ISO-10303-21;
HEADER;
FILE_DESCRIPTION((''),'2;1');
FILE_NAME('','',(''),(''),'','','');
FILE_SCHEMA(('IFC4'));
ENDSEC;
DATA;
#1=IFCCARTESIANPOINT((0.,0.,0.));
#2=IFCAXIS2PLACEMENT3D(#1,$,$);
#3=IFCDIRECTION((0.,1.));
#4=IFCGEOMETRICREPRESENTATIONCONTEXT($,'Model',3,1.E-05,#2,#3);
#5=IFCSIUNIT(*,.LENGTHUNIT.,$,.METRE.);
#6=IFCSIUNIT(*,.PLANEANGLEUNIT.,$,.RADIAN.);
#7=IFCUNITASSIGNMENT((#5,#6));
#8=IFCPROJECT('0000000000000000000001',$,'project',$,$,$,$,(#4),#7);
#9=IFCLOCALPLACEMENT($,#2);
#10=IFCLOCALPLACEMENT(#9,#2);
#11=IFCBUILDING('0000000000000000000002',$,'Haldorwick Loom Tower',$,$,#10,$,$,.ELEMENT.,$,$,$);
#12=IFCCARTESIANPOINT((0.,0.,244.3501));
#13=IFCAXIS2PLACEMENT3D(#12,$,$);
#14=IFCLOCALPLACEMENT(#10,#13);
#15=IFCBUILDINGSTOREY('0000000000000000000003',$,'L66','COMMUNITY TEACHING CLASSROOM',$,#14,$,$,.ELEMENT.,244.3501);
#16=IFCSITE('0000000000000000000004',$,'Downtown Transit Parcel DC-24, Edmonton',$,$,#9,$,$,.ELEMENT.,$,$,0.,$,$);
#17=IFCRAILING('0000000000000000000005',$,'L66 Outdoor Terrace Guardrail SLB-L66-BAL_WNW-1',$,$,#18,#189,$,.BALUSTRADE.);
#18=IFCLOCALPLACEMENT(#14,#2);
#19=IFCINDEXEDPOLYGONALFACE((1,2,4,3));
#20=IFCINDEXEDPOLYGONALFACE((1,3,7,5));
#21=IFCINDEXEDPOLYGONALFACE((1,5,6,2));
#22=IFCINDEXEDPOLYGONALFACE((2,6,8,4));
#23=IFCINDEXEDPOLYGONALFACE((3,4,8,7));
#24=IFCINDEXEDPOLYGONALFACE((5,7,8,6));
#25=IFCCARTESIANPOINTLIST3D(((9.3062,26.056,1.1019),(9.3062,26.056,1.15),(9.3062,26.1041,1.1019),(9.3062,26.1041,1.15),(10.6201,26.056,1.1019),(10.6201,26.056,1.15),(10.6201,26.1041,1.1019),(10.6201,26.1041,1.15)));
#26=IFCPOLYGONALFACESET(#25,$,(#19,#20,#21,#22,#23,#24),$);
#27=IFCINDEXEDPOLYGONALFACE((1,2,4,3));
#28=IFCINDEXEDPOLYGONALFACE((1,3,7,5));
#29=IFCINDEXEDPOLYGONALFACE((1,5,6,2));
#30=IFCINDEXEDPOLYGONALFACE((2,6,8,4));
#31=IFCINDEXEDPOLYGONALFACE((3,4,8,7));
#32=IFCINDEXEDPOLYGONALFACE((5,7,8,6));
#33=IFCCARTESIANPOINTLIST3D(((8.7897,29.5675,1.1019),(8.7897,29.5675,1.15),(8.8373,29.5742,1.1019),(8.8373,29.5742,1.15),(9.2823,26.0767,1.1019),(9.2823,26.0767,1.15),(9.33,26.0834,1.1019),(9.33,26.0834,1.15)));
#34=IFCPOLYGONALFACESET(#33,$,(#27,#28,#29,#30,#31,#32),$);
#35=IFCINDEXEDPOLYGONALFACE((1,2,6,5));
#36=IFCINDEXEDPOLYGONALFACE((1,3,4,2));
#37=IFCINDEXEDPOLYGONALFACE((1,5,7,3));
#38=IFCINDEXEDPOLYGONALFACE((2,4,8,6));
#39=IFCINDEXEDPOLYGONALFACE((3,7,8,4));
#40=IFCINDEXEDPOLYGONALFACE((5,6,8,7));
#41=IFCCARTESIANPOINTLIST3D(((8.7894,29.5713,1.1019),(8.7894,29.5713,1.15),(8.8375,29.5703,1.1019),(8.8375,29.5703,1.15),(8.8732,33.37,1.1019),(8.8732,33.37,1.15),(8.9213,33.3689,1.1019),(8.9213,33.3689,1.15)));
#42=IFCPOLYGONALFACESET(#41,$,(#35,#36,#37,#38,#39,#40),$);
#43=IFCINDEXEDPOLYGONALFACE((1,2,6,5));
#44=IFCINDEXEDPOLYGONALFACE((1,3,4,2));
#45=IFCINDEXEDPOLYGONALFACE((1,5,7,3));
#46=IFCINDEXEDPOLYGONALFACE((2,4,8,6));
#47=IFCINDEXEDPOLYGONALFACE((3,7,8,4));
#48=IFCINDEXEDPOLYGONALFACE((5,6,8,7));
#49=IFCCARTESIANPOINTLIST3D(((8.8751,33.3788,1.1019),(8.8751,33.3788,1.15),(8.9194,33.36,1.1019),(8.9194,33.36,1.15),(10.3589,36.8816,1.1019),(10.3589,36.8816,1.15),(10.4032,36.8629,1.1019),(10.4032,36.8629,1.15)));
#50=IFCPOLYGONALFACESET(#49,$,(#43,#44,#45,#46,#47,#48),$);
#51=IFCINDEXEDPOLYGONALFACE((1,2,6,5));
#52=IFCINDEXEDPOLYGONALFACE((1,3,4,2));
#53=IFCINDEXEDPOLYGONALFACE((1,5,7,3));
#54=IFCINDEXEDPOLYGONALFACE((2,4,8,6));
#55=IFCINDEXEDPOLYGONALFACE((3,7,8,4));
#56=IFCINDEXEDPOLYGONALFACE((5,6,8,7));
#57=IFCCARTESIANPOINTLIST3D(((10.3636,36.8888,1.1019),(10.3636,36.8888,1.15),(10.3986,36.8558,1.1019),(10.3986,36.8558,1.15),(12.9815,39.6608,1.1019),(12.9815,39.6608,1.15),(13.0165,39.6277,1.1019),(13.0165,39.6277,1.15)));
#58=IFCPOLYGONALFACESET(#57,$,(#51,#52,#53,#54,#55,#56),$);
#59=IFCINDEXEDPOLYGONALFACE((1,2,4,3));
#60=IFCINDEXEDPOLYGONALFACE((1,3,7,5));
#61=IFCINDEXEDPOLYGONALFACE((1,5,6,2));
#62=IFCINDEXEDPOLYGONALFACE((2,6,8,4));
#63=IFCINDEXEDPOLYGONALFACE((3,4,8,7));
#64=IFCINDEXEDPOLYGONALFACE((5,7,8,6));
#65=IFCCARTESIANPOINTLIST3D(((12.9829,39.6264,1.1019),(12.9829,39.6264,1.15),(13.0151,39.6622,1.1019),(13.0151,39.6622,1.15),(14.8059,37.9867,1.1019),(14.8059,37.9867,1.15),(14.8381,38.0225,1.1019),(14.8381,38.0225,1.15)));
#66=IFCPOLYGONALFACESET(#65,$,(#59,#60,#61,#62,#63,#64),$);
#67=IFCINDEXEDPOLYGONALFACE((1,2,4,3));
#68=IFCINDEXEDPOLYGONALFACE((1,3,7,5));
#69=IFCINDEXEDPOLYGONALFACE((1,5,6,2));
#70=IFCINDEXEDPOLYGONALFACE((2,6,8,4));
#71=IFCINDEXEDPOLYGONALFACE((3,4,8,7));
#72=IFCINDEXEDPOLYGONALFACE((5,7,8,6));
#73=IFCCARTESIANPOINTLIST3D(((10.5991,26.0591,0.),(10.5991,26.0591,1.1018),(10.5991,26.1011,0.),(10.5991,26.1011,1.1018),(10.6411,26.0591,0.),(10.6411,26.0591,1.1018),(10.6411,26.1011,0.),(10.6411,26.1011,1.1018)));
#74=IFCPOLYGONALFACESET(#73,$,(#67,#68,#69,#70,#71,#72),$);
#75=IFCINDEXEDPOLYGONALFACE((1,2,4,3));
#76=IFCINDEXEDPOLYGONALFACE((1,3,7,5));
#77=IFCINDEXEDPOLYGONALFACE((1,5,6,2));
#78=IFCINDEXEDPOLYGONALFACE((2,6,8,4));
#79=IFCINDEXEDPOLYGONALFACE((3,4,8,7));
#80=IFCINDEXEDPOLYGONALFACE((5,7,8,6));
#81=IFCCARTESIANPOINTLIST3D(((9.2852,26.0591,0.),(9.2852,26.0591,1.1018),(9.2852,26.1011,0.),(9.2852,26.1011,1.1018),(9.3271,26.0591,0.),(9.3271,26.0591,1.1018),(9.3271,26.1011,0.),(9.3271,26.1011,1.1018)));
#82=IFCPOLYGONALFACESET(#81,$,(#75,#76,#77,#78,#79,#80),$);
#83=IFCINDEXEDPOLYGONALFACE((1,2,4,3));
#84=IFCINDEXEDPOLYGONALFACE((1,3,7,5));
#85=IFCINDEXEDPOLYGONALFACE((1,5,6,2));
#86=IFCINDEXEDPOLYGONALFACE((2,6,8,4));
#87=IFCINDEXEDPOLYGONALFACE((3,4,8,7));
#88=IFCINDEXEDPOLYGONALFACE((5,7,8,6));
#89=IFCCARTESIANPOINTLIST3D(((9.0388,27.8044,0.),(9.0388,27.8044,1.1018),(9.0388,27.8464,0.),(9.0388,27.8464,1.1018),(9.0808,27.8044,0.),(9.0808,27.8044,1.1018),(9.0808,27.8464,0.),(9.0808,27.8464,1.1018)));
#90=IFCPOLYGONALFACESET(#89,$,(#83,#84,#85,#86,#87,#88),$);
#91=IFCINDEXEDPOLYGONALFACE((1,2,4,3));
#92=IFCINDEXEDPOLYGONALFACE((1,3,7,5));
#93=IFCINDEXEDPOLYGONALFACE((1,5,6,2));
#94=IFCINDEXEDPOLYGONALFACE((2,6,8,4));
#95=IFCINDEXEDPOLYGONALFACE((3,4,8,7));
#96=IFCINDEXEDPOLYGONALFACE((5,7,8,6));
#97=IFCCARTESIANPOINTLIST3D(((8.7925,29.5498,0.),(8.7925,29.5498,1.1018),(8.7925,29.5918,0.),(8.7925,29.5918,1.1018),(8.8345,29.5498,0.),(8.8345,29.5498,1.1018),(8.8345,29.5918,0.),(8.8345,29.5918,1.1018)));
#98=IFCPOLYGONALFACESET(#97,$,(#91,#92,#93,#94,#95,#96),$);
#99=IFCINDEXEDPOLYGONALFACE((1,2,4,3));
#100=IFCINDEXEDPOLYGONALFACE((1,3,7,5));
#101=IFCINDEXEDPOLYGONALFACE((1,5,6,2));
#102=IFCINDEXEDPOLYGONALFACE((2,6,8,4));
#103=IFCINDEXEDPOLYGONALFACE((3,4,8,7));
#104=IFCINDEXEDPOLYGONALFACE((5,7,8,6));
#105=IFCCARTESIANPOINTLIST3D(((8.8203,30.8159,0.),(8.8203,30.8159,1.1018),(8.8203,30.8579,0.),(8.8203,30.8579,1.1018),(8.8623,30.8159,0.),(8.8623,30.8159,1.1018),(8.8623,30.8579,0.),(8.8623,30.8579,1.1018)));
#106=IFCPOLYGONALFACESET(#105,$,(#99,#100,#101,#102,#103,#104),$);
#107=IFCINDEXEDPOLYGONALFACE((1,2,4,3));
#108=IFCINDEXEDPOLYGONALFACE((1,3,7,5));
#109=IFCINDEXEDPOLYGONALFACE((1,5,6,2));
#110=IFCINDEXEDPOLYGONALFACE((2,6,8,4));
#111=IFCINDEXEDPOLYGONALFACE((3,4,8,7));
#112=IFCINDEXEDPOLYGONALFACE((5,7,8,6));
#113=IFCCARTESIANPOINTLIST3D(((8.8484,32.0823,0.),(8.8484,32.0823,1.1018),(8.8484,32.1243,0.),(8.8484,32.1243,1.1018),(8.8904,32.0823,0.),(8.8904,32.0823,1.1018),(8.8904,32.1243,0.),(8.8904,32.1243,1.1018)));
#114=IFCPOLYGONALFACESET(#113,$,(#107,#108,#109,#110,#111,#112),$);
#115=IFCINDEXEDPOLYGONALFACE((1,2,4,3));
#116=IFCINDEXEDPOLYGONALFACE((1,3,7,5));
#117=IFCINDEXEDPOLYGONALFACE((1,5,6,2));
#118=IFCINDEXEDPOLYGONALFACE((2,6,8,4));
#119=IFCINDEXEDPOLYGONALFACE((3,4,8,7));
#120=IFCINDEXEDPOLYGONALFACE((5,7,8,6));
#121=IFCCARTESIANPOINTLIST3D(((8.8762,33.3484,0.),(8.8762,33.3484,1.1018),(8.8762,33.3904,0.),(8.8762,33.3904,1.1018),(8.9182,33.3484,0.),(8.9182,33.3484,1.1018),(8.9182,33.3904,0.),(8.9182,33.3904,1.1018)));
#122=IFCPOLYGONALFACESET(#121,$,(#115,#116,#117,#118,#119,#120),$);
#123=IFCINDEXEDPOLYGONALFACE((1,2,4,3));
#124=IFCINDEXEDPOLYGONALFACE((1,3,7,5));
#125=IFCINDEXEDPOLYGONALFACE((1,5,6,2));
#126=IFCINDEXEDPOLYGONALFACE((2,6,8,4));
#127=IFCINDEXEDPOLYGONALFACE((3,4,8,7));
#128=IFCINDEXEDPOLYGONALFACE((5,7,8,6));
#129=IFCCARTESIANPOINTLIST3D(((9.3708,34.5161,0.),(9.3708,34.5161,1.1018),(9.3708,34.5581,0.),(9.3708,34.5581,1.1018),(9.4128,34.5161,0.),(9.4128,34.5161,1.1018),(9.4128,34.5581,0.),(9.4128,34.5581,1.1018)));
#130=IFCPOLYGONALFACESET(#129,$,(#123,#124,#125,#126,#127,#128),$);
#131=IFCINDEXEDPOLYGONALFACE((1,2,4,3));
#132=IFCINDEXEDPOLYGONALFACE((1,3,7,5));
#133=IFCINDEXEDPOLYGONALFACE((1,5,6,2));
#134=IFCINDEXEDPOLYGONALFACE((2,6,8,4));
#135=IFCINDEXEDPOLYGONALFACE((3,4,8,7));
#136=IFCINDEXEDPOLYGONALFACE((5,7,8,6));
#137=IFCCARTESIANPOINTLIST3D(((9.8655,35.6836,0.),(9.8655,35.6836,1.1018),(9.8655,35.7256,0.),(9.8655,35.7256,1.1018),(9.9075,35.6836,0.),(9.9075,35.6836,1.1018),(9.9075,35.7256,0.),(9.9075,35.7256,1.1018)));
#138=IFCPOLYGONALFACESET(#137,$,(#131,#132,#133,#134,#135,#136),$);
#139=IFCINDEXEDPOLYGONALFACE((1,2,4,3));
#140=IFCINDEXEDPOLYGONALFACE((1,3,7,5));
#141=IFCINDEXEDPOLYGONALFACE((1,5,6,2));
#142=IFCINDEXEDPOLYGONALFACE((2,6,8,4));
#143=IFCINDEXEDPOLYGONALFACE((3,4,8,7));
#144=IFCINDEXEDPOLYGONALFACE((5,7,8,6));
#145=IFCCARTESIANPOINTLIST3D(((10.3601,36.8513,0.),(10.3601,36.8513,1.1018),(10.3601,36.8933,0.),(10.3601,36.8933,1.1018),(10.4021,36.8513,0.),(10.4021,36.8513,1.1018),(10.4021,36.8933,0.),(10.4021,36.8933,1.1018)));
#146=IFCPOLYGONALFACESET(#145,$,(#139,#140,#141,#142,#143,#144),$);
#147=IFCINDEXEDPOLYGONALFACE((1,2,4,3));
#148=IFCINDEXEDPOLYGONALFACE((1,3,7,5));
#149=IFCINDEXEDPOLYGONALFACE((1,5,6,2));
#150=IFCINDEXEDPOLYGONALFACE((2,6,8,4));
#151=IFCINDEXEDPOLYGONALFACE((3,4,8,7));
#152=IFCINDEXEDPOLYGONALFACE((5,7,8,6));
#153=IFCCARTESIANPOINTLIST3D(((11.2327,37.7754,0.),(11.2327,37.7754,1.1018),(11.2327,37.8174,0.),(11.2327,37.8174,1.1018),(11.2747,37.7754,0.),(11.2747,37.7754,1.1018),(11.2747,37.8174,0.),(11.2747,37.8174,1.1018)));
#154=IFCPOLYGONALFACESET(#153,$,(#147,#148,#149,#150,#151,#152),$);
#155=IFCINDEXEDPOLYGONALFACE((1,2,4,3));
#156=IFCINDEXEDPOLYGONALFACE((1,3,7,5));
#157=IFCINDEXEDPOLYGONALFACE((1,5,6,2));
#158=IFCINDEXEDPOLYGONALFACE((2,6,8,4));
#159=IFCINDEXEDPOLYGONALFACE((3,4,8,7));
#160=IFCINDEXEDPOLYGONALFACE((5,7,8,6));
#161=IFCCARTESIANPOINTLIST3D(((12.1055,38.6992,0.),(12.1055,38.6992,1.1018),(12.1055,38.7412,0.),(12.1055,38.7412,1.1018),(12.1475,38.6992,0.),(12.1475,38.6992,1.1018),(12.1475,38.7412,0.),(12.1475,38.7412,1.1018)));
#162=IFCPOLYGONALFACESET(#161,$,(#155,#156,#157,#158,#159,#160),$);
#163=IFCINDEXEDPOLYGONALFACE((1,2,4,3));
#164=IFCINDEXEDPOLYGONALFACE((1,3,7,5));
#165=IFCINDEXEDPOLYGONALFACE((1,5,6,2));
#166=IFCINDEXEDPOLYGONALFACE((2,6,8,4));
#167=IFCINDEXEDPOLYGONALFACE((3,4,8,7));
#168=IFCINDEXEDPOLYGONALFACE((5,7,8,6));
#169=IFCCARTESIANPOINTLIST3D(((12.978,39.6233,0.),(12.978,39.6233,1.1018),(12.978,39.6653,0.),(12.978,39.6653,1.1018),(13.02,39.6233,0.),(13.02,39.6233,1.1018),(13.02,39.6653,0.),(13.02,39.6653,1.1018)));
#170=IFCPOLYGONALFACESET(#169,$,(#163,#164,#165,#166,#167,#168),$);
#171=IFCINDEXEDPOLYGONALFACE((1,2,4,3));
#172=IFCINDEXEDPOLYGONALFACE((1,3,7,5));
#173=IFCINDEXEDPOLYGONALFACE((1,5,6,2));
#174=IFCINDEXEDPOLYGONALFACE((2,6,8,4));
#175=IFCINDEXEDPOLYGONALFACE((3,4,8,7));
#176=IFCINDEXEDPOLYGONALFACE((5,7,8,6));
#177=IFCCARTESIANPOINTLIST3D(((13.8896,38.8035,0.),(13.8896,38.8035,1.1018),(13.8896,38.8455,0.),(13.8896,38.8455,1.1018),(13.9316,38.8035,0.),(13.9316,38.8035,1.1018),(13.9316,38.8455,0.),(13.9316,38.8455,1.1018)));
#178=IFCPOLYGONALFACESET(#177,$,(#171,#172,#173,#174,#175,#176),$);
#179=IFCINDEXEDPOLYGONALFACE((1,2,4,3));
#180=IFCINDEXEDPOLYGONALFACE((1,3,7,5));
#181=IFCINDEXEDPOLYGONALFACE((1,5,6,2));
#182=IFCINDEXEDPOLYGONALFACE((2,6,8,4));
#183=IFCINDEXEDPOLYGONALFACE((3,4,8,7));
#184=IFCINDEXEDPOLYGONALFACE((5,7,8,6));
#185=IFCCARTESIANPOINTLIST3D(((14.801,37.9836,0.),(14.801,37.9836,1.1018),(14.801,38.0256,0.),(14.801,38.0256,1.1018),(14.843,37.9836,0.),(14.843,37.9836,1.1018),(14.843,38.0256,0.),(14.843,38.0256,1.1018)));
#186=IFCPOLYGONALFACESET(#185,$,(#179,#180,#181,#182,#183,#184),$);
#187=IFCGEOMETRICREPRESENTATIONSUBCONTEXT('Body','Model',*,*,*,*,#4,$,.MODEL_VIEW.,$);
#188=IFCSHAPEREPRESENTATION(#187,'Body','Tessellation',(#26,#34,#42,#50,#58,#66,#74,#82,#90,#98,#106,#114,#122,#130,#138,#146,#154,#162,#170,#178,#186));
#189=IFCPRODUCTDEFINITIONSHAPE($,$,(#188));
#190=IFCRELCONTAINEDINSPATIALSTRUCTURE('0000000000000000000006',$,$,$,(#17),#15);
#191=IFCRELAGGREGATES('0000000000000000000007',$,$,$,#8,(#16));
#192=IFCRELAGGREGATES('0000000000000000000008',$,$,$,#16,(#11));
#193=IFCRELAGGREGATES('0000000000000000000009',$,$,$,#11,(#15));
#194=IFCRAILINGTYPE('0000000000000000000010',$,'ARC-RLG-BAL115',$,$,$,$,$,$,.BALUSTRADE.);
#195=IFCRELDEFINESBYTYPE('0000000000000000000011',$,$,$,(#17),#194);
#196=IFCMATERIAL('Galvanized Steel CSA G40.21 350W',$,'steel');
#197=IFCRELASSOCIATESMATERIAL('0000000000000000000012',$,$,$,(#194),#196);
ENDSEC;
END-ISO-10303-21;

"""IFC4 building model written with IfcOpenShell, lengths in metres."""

from ifc_helpers import new_model, si_unit, direction, frame, origin, origin_2d, place, context, subcontext, project, spatial, rectangle, extrude, material, type_object, element, save


model = new_model("IFC4")

# Units and contexts
model_context = context("Model", 3, precision=1e-05, world=origin(), true_north=direction((0.0, 1.0)))
body_context = subcontext(model_context, "Body", "Model", "MODEL_VIEW")
ifc_project = project(units=[si_unit("LENGTHUNIT", "METRE"), si_unit("PLANEANGLEUNIT", "RADIAN")], contexts=[model_context])

# Site, building, storey
site_placement = place(None, origin())
site = spatial("IfcSite", under=ifc_project, at=site_placement, Name="Downtown Transit Parcel DC-24, Edmonton", CompositionType="ELEMENT", RefElevation=0.0)
building_placement = place(site_placement, origin())
building = spatial("IfcBuilding", under=site, at=building_placement, Name="Haldorwick Loom Tower", CompositionType="ELEMENT")
storey_placement = place(building_placement, frame((0.0, 0.0, 244.3501)))
storey = spatial("IfcBuildingStorey", under=building, at=storey_placement, Name="L66", Description="COMMUNITY TEACHING CLASSROOM", CompositionType="ELEMENT", Elevation=244.3501)

# Railing
ifc_material_1 = material(Name="Galvanized Steel CSA G40.21 350W", Category="steel")
railing_type = type_object("IfcRailingType", Name="ARC-RLG-BAL115", PredefinedType="BALUSTRADE", material=ifc_material_1)
railing_placement = place(storey_placement, frame((10.6201, 26.0801, 0.0)))
element("IfcRailing", 1, at=railing_placement, inside=storey, type_object=railing_type, Name="L66 Outdoor Terrace Guardrail SLB-L66-BAL_WNW-1", PredefinedType="BALUSTRADE", context=body_context, shape_type="SweptSolid", body=[
    extrude(rectangle(XDim=0.0481, YDim=0.0481, at=origin_2d()), frame((0.0, 0.0, 1.126), z_axis=(-1.0, 0.0, 0.0), x_axis=(0.0, -1.0, 0.0)), (0.0, 0.0, 1.0), 1.314),
    extrude(rectangle(XDim=0.0481, YDim=0.0481, at=origin_2d()), frame((-1.314, 0.0, 1.126), z_axis=(-0.139754, 0.990186, 0.0), x_axis=(-0.990186, -0.139754, 0.0)), (0.0, 0.0, 1.0), 3.5254),
    extrude(rectangle(XDim=0.0481, YDim=0.0481, at=origin_2d()), frame((-1.8066, 3.4907, 1.126), z_axis=(0.02204, 0.999757, 0.0), x_axis=(-0.999757, 0.02204, 0.0)), (0.0, 0.0, 1.0), 3.7996),
    extrude(rectangle(XDim=0.0481, YDim=0.0481, at=origin_2d()), frame((-1.7229, 7.2893, 1.126), z_axis=(0.390059, 0.92079, 0.0), x_axis=(-0.92079, 0.390059, 0.0)), (0.0, 0.0, 1.0), 3.8042),
    extrude(rectangle(XDim=0.0481, YDim=0.0481, at=origin_2d()), frame((-0.239, 10.7922, 1.126), z_axis=(0.686616, 0.72702, 0.0), x_axis=(-0.72702, 0.686616, 0.0)), (0.0, 0.0, 1.0), 3.8127),
    extrude(rectangle(XDim=0.0481, YDim=0.0481, at=origin_2d()), frame((2.3789, 13.5642, 1.126), z_axis=(0.743507, -0.668728, 0.0), x_axis=(0.668728, 0.743507, 0.0)), (0.0, 0.0, 1.0), 2.4519),
    extrude(rectangle(XDim=0.042, YDim=0.042, at=origin_2d()), origin(), (0.0, 0.0, 1.0), 1.1018),
    extrude(rectangle(XDim=0.042, YDim=0.042, at=origin_2d()), frame((-1.314, 0.0, 0.0)), (0.0, 0.0, 1.0), 1.1018),
    extrude(rectangle(XDim=0.042, YDim=0.042, at=origin_2d()), frame((-1.5603, 1.7454, 0.0)), (0.0, 0.0, 1.0), 1.1018),
    extrude(rectangle(XDim=0.042, YDim=0.042, at=origin_2d()), frame((-1.8066, 3.4907, 0.0)), (0.0, 0.0, 1.0), 1.1018),
    extrude(rectangle(XDim=0.042, YDim=0.042, at=origin_2d()), frame((-1.7788, 4.7568, 0.0)), (0.0, 0.0, 1.0), 1.1018),
    extrude(rectangle(XDim=0.042, YDim=0.042, at=origin_2d()), frame((-1.7507, 6.0232, 0.0)), (0.0, 0.0, 1.0), 1.1018),
    extrude(rectangle(XDim=0.042, YDim=0.042, at=origin_2d()), frame((-1.7229, 7.2893, 0.0)), (0.0, 0.0, 1.0), 1.1018),
    extrude(rectangle(XDim=0.042, YDim=0.042, at=origin_2d()), frame((-1.2283, 8.457, 0.0)), (0.0, 0.0, 1.0), 1.1018),
    extrude(rectangle(XDim=0.042, YDim=0.042, at=origin_2d()), frame((-0.7336, 9.6245, 0.0)), (0.0, 0.0, 1.0), 1.1018),
    extrude(rectangle(XDim=0.042, YDim=0.042, at=origin_2d()), frame((-0.239, 10.7922, 0.0)), (0.0, 0.0, 1.0), 1.1018),
    extrude(rectangle(XDim=0.042, YDim=0.042, at=origin_2d()), frame((0.6335, 11.7163, 0.0)), (0.0, 0.0, 1.0), 1.1018),
    extrude(rectangle(XDim=0.042, YDim=0.042, at=origin_2d()), frame((1.5063, 12.6401, 0.0)), (0.0, 0.0, 1.0), 1.1018),
    extrude(rectangle(XDim=0.042, YDim=0.042, at=origin_2d()), frame((2.3789, 13.5642, 0.0)), (0.0, 0.0, 1.0), 1.1018),
    extrude(rectangle(XDim=0.042, YDim=0.042, at=origin_2d()), frame((3.2905, 12.7444, 0.0)), (0.0, 0.0, 1.0), 1.1018),
    extrude(rectangle(XDim=0.042, YDim=0.042, at=origin_2d()), frame((4.2019, 11.9246, 0.0)), (0.0, 0.0, 1.0), 1.1018),
])

save(model, "model.ifc")
